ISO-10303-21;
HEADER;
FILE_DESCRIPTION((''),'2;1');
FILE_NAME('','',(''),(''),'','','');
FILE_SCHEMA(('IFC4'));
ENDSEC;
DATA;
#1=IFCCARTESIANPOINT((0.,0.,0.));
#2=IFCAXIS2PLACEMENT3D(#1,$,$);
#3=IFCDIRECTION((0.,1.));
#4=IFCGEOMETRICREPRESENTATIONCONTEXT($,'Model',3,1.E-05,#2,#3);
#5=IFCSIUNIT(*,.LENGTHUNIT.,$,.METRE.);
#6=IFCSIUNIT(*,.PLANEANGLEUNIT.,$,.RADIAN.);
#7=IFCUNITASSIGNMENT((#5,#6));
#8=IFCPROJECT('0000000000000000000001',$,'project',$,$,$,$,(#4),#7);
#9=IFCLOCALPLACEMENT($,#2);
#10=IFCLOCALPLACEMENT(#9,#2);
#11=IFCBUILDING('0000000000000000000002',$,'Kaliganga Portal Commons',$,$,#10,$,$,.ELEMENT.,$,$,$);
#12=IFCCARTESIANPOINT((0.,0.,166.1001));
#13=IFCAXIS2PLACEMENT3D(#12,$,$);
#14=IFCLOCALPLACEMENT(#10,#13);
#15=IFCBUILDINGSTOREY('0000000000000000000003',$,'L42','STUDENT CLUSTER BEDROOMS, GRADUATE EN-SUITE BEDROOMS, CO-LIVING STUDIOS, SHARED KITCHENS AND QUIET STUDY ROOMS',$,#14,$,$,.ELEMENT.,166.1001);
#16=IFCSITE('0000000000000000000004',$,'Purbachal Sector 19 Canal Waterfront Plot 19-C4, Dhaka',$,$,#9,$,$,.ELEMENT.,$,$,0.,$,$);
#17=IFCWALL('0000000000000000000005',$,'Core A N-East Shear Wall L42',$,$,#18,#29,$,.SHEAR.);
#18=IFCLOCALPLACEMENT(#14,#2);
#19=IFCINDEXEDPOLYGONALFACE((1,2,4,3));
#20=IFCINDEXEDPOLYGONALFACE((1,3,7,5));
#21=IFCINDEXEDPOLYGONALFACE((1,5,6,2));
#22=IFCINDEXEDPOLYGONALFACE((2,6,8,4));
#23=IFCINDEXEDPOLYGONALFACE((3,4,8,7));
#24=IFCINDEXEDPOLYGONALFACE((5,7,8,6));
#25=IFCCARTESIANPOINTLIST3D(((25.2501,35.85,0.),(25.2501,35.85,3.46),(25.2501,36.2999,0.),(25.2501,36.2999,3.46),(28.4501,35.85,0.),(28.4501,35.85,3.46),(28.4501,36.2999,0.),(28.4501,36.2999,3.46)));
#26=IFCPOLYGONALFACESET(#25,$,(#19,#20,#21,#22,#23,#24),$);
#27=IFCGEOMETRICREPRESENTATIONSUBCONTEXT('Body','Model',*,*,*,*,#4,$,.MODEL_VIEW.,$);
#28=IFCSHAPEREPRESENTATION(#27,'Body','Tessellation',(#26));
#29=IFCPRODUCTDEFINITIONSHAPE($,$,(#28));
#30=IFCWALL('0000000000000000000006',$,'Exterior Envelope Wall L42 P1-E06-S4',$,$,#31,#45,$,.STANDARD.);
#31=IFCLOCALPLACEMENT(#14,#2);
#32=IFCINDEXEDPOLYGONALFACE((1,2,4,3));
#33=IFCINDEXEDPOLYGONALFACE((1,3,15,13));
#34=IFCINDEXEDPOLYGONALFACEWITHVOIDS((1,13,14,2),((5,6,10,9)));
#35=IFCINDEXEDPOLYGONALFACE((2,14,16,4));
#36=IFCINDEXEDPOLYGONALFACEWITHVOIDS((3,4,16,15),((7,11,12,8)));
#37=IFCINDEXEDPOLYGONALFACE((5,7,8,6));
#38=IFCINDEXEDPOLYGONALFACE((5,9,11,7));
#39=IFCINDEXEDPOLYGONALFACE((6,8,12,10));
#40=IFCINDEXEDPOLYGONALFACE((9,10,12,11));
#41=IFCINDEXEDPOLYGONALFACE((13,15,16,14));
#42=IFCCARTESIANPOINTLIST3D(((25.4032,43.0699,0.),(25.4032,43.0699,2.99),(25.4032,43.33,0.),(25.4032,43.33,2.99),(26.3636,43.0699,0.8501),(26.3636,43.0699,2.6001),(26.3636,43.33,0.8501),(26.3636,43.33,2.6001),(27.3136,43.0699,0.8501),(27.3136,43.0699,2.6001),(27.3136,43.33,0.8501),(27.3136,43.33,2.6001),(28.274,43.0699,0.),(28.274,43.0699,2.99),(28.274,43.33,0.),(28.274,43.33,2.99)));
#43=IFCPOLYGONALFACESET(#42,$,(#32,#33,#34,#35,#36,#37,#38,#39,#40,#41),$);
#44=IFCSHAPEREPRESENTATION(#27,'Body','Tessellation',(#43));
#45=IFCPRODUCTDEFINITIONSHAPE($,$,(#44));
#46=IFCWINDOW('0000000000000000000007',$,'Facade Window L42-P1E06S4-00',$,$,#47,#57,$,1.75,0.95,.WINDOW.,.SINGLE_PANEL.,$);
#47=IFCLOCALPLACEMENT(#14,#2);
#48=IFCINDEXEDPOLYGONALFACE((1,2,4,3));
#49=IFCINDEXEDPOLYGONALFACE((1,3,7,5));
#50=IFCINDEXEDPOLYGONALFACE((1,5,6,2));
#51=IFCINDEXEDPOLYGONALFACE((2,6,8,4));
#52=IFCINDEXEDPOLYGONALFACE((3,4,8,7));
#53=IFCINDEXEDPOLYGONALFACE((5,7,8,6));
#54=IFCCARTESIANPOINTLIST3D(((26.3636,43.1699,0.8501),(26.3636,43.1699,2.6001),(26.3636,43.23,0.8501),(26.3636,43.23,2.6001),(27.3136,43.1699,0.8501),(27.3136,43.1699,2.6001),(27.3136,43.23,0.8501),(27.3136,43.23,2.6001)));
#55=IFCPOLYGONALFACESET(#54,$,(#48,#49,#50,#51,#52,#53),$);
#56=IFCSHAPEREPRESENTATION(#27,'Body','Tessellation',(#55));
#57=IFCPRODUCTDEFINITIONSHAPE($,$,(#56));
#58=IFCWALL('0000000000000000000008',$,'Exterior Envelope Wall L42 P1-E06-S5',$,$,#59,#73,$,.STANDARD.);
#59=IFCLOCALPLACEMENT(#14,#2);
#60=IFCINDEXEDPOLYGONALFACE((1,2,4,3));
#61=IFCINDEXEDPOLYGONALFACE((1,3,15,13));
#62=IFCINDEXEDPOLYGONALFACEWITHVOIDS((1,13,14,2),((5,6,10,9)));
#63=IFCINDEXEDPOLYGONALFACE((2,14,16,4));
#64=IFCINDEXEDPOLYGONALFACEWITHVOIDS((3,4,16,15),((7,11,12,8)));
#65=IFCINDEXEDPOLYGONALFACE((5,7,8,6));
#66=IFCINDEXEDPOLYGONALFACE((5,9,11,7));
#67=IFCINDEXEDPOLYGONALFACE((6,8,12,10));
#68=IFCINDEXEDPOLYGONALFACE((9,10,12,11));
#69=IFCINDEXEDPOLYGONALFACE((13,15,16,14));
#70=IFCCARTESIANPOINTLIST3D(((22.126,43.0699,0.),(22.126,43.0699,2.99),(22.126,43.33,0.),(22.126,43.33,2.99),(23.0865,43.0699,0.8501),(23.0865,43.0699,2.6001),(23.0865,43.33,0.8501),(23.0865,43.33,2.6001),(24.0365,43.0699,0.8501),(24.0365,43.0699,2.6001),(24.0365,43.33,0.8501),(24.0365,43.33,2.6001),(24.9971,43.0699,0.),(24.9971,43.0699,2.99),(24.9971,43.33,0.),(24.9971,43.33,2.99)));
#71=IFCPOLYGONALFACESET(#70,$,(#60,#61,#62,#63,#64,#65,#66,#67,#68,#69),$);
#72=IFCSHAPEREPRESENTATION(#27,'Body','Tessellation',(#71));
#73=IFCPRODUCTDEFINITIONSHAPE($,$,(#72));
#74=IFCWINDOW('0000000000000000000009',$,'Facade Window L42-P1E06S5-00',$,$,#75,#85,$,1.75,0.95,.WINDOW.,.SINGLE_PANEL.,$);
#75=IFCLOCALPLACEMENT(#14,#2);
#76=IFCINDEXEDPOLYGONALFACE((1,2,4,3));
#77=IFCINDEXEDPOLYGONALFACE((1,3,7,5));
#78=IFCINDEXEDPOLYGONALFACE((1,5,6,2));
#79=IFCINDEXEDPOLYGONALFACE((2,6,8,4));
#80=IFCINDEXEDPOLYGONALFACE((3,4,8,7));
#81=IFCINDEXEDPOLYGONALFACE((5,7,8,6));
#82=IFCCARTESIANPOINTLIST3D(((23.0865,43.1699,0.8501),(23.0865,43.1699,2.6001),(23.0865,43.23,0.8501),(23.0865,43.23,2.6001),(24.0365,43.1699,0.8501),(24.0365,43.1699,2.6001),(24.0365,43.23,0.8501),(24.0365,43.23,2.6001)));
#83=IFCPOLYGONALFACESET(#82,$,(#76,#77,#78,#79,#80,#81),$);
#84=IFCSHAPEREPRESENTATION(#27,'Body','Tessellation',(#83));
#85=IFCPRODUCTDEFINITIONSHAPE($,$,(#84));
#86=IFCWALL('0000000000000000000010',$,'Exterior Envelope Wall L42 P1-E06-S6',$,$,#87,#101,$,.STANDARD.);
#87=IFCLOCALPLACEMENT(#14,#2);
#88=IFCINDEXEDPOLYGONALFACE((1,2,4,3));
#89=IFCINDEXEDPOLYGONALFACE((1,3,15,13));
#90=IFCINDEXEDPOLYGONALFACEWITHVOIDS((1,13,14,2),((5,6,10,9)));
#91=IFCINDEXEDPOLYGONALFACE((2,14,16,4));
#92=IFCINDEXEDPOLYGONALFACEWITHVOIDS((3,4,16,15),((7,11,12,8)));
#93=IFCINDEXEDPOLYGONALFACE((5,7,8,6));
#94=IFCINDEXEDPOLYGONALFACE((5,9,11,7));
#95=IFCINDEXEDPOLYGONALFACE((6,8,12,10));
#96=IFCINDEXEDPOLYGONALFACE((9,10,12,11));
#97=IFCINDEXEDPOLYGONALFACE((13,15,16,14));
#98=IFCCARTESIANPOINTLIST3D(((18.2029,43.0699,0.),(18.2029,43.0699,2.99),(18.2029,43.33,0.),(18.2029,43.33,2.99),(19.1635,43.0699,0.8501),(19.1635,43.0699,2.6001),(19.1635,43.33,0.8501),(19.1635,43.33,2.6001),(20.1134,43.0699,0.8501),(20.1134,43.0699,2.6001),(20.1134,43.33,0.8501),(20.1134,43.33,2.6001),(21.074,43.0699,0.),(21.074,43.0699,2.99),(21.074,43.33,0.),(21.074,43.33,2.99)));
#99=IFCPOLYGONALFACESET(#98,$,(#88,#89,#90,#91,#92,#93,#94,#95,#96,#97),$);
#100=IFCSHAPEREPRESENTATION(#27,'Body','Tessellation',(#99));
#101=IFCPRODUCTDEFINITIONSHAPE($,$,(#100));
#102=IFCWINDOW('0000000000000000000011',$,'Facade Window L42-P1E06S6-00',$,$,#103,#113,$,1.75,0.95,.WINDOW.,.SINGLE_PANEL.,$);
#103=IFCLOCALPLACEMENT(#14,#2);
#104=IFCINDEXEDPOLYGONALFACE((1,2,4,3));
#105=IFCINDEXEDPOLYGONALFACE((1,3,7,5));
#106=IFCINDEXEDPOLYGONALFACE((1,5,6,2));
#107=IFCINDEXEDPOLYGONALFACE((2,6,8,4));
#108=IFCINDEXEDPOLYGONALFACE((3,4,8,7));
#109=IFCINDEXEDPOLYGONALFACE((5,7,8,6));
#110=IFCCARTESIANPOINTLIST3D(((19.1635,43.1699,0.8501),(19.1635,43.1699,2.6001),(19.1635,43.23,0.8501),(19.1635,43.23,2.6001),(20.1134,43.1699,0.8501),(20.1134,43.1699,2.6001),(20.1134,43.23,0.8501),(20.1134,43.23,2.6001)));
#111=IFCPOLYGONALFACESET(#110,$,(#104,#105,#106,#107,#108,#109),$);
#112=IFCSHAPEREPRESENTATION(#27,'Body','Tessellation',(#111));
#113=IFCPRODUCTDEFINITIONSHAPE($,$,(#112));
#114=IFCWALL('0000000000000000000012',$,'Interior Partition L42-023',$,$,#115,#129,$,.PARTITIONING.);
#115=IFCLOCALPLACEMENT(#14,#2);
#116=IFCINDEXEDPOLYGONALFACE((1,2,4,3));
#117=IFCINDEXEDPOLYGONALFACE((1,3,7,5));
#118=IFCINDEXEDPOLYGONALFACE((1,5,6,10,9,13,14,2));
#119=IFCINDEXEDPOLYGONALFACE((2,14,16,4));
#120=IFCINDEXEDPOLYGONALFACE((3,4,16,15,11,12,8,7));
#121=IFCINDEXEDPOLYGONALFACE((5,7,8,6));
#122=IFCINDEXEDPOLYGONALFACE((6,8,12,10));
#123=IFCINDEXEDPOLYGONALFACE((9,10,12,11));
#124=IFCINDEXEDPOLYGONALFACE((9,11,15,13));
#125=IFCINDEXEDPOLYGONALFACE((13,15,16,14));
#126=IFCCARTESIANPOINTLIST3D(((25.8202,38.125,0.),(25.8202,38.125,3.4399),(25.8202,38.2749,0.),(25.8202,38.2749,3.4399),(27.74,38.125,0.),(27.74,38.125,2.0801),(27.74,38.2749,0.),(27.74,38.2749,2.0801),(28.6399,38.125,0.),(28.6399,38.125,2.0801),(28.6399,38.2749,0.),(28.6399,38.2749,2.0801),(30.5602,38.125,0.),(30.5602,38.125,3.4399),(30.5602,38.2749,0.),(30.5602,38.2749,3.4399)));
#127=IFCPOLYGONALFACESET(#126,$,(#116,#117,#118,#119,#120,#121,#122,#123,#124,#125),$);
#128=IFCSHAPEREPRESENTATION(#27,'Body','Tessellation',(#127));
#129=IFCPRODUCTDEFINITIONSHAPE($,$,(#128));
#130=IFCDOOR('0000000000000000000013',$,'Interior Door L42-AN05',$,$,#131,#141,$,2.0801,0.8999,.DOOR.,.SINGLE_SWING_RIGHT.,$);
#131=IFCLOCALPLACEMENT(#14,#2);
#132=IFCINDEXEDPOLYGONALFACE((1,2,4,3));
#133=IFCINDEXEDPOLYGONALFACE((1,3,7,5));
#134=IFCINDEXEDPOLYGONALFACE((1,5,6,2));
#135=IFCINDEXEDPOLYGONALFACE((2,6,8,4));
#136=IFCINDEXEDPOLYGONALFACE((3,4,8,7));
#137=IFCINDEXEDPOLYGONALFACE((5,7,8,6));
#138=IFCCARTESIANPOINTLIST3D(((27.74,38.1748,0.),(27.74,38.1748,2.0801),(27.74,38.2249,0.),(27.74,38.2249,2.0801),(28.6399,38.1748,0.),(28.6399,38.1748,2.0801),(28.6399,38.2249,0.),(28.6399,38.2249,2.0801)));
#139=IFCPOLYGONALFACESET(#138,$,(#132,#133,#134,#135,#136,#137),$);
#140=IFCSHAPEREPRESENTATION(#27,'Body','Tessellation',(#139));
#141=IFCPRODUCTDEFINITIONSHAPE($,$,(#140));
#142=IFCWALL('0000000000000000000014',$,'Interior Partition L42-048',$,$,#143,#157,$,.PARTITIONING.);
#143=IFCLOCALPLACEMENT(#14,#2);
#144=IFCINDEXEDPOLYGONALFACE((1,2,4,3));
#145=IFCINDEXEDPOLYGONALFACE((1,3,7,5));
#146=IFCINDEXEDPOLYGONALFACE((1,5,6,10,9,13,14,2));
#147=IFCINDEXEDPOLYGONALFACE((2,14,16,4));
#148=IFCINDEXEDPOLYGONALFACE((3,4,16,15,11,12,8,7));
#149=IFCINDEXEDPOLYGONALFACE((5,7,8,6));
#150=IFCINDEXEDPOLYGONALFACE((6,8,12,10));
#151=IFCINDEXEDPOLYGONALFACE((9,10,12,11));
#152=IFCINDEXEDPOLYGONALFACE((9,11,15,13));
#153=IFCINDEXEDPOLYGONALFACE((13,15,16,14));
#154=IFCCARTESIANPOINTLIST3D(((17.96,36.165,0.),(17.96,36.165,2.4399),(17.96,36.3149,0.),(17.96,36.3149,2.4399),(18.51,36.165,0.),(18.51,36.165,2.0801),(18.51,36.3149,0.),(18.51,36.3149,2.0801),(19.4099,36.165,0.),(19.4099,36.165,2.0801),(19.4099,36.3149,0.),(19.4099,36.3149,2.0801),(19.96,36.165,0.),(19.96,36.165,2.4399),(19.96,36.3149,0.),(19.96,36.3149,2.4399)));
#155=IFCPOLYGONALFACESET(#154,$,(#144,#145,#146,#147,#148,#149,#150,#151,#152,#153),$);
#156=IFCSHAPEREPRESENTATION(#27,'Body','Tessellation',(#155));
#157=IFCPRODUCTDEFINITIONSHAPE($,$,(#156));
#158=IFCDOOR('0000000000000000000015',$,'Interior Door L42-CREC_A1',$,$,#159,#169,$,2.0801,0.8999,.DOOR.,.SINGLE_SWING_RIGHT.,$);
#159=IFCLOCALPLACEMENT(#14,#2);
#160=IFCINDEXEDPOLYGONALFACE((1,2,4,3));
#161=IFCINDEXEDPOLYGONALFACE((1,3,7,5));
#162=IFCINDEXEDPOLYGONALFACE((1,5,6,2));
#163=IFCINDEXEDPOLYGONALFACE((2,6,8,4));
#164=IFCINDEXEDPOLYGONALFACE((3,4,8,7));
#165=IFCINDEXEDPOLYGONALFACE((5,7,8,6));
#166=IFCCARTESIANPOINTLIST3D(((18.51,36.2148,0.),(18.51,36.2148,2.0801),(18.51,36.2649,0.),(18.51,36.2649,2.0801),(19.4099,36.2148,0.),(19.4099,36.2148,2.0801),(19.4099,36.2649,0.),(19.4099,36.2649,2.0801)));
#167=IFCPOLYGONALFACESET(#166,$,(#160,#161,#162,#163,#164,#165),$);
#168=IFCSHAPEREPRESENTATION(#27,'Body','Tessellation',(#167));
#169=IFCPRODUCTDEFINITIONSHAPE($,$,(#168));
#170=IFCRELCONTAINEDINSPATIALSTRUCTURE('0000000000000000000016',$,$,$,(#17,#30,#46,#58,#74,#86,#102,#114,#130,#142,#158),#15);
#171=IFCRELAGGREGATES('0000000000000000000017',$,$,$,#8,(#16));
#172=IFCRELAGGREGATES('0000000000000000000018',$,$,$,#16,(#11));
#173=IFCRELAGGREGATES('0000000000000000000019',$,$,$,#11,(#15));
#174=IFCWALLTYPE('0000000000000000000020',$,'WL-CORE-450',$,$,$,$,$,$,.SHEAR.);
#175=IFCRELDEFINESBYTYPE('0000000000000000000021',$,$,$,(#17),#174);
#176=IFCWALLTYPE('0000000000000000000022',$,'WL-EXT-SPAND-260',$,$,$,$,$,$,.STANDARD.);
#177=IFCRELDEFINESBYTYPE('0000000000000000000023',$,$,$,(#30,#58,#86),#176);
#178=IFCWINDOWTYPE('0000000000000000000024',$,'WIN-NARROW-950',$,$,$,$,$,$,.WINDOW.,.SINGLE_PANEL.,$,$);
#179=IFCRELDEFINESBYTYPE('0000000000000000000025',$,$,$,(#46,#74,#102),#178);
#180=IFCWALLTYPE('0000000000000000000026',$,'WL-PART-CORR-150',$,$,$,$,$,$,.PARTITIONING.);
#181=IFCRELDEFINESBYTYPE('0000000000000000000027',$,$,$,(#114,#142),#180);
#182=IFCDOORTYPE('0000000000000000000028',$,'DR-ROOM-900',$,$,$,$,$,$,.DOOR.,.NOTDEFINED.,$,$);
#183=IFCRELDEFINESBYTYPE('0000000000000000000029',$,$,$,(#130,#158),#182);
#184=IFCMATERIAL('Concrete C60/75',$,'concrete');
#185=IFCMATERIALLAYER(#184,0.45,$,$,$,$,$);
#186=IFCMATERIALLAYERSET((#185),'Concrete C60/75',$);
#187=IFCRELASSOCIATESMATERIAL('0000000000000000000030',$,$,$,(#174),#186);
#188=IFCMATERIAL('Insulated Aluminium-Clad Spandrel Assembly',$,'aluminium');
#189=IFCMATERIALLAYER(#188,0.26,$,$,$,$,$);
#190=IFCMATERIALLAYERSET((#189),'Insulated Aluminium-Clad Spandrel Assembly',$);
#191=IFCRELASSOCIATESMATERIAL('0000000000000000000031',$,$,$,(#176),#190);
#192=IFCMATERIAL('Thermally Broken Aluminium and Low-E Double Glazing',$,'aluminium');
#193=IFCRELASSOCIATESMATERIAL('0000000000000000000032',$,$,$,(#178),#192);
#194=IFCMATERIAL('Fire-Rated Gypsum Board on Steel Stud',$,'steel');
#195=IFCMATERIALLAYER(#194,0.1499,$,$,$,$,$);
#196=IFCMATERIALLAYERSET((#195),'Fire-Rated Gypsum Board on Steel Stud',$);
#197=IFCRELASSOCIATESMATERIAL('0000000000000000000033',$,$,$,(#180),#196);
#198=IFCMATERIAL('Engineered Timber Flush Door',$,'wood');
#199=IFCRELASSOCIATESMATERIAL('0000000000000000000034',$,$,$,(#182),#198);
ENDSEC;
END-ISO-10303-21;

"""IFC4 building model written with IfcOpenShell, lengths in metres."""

from ifc_helpers import new_model, si_unit, direction, frame, frame_2d, origin, place, context, subcontext, project, spatial, rectangle, extrude, material, layer, layer_set, type_object, element, fill, save


model = new_model("IFC4")

# Units and contexts
model_context = context("Model", 3, precision=1e-05, world=origin(), true_north=direction((0.0, 1.0)))
body_context = subcontext(model_context, "Body", "Model", "MODEL_VIEW")
ifc_project = project(units=[si_unit("LENGTHUNIT", "METRE"), si_unit("PLANEANGLEUNIT", "RADIAN")], contexts=[model_context])

# Site, building, storey
site_placement = place(None, origin())
site = spatial("IfcSite", under=ifc_project, at=site_placement, Name="Purbachal Sector 19 Canal Waterfront Plot 19-C4, Dhaka", CompositionType="ELEMENT", RefElevation=0.0)
building_placement = place(site_placement, origin())
building = spatial("IfcBuilding", under=site, at=building_placement, Name="Kaliganga Portal Commons", CompositionType="ELEMENT")
storey_placement = place(building_placement, frame((0.0, 0.0, 166.1001)))
storey = spatial("IfcBuildingStorey", under=building, at=storey_placement, Name="L42", Description="STUDENT CLUSTER BEDROOMS, GRADUATE EN-SUITE BEDROOMS, CO-LIVING STUDIOS, SHARED KITCHENS AND QUIET STUDY ROOMS", CompositionType="ELEMENT", Elevation=166.1001)

# Shared definitions
ifc_material_1 = material(Name="Concrete C60/75", Category="concrete")

# Wall
ifc_layer_1 = layer(ifc_material_1, 0.45)
ifc_layer_set_1 = layer_set([ifc_layer_1], Name="Concrete C60/75")
wall_type_1 = type_object("IfcWallType", Name="WL-CORE-450", PredefinedType="SHEAR", material=ifc_layer_set_1)
wall_1_placement = place(storey_placement, frame((25.25, 36.075, 0.0), z_axis=(0.0, 0.0, 1.0), x_axis=(1.0, 0.0, 0.0)))
element("IfcWall", 1, at=wall_1_placement, inside=storey, type_object=wall_type_1, Name="Core A N-East Shear Wall L42", PredefinedType="SHEAR", context=body_context, shape_type="SweptSolid", body=[
    extrude(rectangle(XDim=3.2, YDim=0.45, at=frame_2d((1.6001, 0.0))), origin(), (0.0, 0.0, 1.0), 3.46),
])

# Walls, openings, windows
ifc_material_2 = material(Name="Insulated Aluminium-Clad Spandrel Assembly", Category="aluminium")
ifc_layer_2 = layer(ifc_material_2, 0.26)
ifc_layer_set_2 = layer_set([ifc_layer_2], Name="Insulated Aluminium-Clad Spandrel Assembly")
wall_type_2 = type_object("IfcWallType", Name="WL-EXT-SPAND-260", PredefinedType="STANDARD", material=ifc_layer_set_2)
wall_2_placement = place(storey_placement, frame((25.4031, 43.2, 0.0), z_axis=(0.0, 0.0, 1.0), x_axis=(1.0, 0.0, 0.0)))
wall_2 = element("IfcWall", 2, at=wall_2_placement, inside=storey, type_object=wall_type_2, Name="Exterior Envelope Wall L42 P1-E06-S4", PredefinedType="STANDARD", context=body_context, shape_type="SweptSolid", body=[
    extrude(rectangle(XDim=2.8708, YDim=0.26, at=frame_2d((1.4355, 0.0))), origin(), (0.0, 0.0, 1.0), 2.99),
])
opening_1_placement = place(wall_2_placement, frame((0.9604, 0.0, 0.8501)))
opening_1 = element("IfcOpeningElement", 3, at=opening_1_placement, cuts=wall_2, PredefinedType="OPENING", context=body_context, shape_type="SweptSolid", body=[
    extrude(rectangle(XDim=0.95, YDim=1.75, at=frame_2d((0.4751, 0.875))), frame((0.0, 0.1401, 0.0), z_axis=(0.0, -1.0, 0.0), x_axis=(1.0, 0.0, 0.0)), (0.0, 0.0, 1.0), 0.28),
])
ifc_material_3 = material(Name="Thermally Broken Aluminium and Low-E Double Glazing", Category="aluminium")
window_type = type_object("IfcWindowType", Name="WIN-NARROW-950", PartitioningType="SINGLE_PANEL", PredefinedType="WINDOW", material=ifc_material_3)
window_1_placement = place(opening_1_placement, origin())
window_1 = element("IfcWindow", 4, at=window_1_placement, inside=storey, type_object=window_type, Name="Facade Window L42-P1E06S4-00", OverallHeight=1.75, OverallWidth=0.95, PartitioningType="SINGLE_PANEL", PredefinedType="WINDOW", context=body_context, shape_type="SweptSolid", body=[
    extrude(rectangle(XDim=0.95, YDim=1.75, at=frame_2d((0.4751, 0.875))), frame((0.0, 0.03, 0.0), z_axis=(0.0, -1.0, 0.0), x_axis=(1.0, 0.0, 0.0)), (0.0, 0.0, 1.0), 0.0601),
])
fill(opening_1, window_1)
wall_3_placement = place(storey_placement, frame((22.126, 43.2, 0.0), z_axis=(0.0, 0.0, 1.0), x_axis=(1.0, 0.0, 0.0)))
wall_3 = element("IfcWall", 5, at=wall_3_placement, inside=storey, type_object=wall_type_2, Name="Exterior Envelope Wall L42 P1-E06-S5", PredefinedType="STANDARD", context=body_context, shape_type="SweptSolid", body=[
    extrude(rectangle(XDim=2.8711, YDim=0.26, at=frame_2d((1.4355, 0.0))), origin(), (0.0, 0.0, 1.0), 2.99),
])
opening_2_placement = place(wall_3_placement, frame((0.9604, 0.0, 0.8501)))
opening_2 = element("IfcOpeningElement", 6, at=opening_2_placement, cuts=wall_3, PredefinedType="OPENING", context=body_context, shape_type="SweptSolid", body=[
    extrude(rectangle(XDim=0.95, YDim=1.75, at=frame_2d((0.4751, 0.875))), frame((0.0, 0.1401, 0.0), z_axis=(0.0, -1.0, 0.0), x_axis=(1.0, 0.0, 0.0)), (0.0, 0.0, 1.0), 0.28),
])
window_2_placement = place(opening_2_placement, origin())
window_2 = element("IfcWindow", 7, at=window_2_placement, inside=storey, type_object=window_type, Name="Facade Window L42-P1E06S5-00", OverallHeight=1.75, OverallWidth=0.95, PartitioningType="SINGLE_PANEL", PredefinedType="WINDOW", context=body_context, shape_type="SweptSolid", body=[
    extrude(rectangle(XDim=0.95, YDim=1.75, at=frame_2d((0.4751, 0.875))), frame((0.0, 0.03, 0.0), z_axis=(0.0, -1.0, 0.0), x_axis=(1.0, 0.0, 0.0)), (0.0, 0.0, 1.0), 0.0601),
])
fill(opening_2, window_2)
wall_4_placement = place(storey_placement, frame((18.2029, 43.2, 0.0), z_axis=(0.0, 0.0, 1.0), x_axis=(1.0, 0.0, 0.0)))
wall_4 = element("IfcWall", 8, at=wall_4_placement, inside=storey, type_object=wall_type_2, Name="Exterior Envelope Wall L42 P1-E06-S6", PredefinedType="STANDARD", context=body_context, shape_type="SweptSolid", body=[
    extrude(rectangle(XDim=2.8711, YDim=0.26, at=frame_2d((1.4355, 0.0))), origin(), (0.0, 0.0, 1.0), 2.99),
])
opening_3_placement = place(wall_4_placement, frame((0.9604, 0.0, 0.8501)))
opening_3 = element("IfcOpeningElement", 9, at=opening_3_placement, cuts=wall_4, PredefinedType="OPENING", context=body_context, shape_type="SweptSolid", body=[
    extrude(rectangle(XDim=0.95, YDim=1.75, at=frame_2d((0.4751, 0.875))), frame((0.0, 0.1401, 0.0), z_axis=(0.0, -1.0, 0.0), x_axis=(1.0, 0.0, 0.0)), (0.0, 0.0, 1.0), 0.28),
])
window_3_placement = place(opening_3_placement, origin())
window_3 = element("IfcWindow", 10, at=window_3_placement, inside=storey, type_object=window_type, Name="Facade Window L42-P1E06S6-00", OverallHeight=1.75, OverallWidth=0.95, PartitioningType="SINGLE_PANEL", PredefinedType="WINDOW", context=body_context, shape_type="SweptSolid", body=[
    extrude(rectangle(XDim=0.95, YDim=1.75, at=frame_2d((0.4751, 0.875))), frame((0.0, 0.03, 0.0), z_axis=(0.0, -1.0, 0.0), x_axis=(1.0, 0.0, 0.0)), (0.0, 0.0, 1.0), 0.0601),
])
fill(opening_3, window_3)

# Walls, openings, doors
ifc_material_4 = material(Name="Fire-Rated Gypsum Board on Steel Stud", Category="steel")
ifc_layer_3 = layer(ifc_material_4, 0.1499)
ifc_layer_set_3 = layer_set([ifc_layer_3], Name="Fire-Rated Gypsum Board on Steel Stud")
wall_type_3 = type_object("IfcWallType", Name="WL-PART-CORR-150", PredefinedType="PARTITIONING", material=ifc_layer_set_3)
wall_5_placement = place(storey_placement, frame((25.8201, 38.2, 0.0), z_axis=(0.0, 0.0, 1.0), x_axis=(1.0, 0.0, 0.0)))
wall_5 = element("IfcWall", 11, at=wall_5_placement, inside=storey, type_object=wall_type_3, Name="Interior Partition L42-023", PredefinedType="PARTITIONING", context=body_context, shape_type="SweptSolid", body=[
    extrude(rectangle(XDim=4.74, YDim=0.1499, at=frame_2d((2.3701, 0.0))), origin(), (0.0, 0.0, 1.0), 3.4399),
])
opening_4_placement = place(wall_5_placement, frame((1.9199, 0.0, 0.0)))
opening_4 = element("IfcOpeningElement", 12, at=opening_4_placement, cuts=wall_5, PredefinedType="OPENING", context=body_context, shape_type="SweptSolid", body=[
    extrude(rectangle(XDim=0.8999, YDim=2.0801, at=frame_2d((0.45, 1.04))), frame((0.0, 0.085, 0.0), z_axis=(0.0, -1.0, 0.0), x_axis=(1.0, 0.0, 0.0)), (0.0, 0.0, 1.0), 0.1699),
])
ifc_material_5 = material(Name="Engineered Timber Flush Door", Category="wood")
door_type_1 = type_object("IfcDoorType", Name="DR-ROOM-900", OperationType="NOTDEFINED", PredefinedType="DOOR", material=ifc_material_5)
door_1_placement = place(opening_4_placement, origin())
door_1 = element("IfcDoor", 13, at=door_1_placement, inside=storey, type_object=door_type_1, Name="Interior Door L42-AN05", OperationType="SINGLE_SWING_RIGHT", OverallHeight=2.0801, OverallWidth=0.8999, PredefinedType="DOOR", context=body_context, shape_type="SweptSolid", body=[
    extrude(rectangle(XDim=0.8999, YDim=2.0801, at=frame_2d((0.45, 1.04))), frame((0.0, 0.0249, 0.0), z_axis=(0.0, -1.0, 0.0), x_axis=(1.0, 0.0, 0.0)), (0.0, 0.0, 1.0), 0.05),
])
fill(opening_4, door_1)
wall_6_placement = place(storey_placement, frame((17.96, 36.24, 0.0), z_axis=(0.0, 0.0, 1.0), x_axis=(1.0, 0.0, 0.0)))
wall_6 = element("IfcWall", 14, at=wall_6_placement, inside=storey, type_object=wall_type_3, Name="Interior Partition L42-048", PredefinedType="PARTITIONING", context=body_context, shape_type="SweptSolid", body=[
    extrude(rectangle(XDim=2.0, YDim=0.1499, at=frame_2d((1.0, 0.0))), origin(), (0.0, 0.0, 1.0), 2.4399),
])
opening_5_placement = place(wall_6_placement, frame((0.55, 0.0, 0.0)))
opening_5 = element("IfcOpeningElement", 15, at=opening_5_placement, cuts=wall_6, PredefinedType="OPENING", context=body_context, shape_type="SweptSolid", body=[
    extrude(rectangle(XDim=0.8999, YDim=2.0801, at=frame_2d((0.45, 1.04))), frame((0.0, 0.085, 0.0), z_axis=(0.0, -1.0, 0.0), x_axis=(1.0, 0.0, 0.0)), (0.0, 0.0, 1.0), 0.1699),
])
door_2_placement = place(opening_5_placement, origin())
door_2 = element("IfcDoor", 16, at=door_2_placement, inside=storey, type_object=door_type_1, Name="Interior Door L42-CREC_A1", OperationType="SINGLE_SWING_RIGHT", OverallHeight=2.0801, OverallWidth=0.8999, PredefinedType="DOOR", context=body_context, shape_type="SweptSolid", body=[
    extrude(rectangle(XDim=0.8999, YDim=2.0801, at=frame_2d((0.45, 1.04))), frame((0.0, 0.0249, 0.0), z_axis=(0.0, -1.0, 0.0), x_axis=(1.0, 0.0, 0.0)), (0.0, 0.0, 1.0), 0.05),
])
fill(opening_5, door_2)

save(model, "model.ifc")
